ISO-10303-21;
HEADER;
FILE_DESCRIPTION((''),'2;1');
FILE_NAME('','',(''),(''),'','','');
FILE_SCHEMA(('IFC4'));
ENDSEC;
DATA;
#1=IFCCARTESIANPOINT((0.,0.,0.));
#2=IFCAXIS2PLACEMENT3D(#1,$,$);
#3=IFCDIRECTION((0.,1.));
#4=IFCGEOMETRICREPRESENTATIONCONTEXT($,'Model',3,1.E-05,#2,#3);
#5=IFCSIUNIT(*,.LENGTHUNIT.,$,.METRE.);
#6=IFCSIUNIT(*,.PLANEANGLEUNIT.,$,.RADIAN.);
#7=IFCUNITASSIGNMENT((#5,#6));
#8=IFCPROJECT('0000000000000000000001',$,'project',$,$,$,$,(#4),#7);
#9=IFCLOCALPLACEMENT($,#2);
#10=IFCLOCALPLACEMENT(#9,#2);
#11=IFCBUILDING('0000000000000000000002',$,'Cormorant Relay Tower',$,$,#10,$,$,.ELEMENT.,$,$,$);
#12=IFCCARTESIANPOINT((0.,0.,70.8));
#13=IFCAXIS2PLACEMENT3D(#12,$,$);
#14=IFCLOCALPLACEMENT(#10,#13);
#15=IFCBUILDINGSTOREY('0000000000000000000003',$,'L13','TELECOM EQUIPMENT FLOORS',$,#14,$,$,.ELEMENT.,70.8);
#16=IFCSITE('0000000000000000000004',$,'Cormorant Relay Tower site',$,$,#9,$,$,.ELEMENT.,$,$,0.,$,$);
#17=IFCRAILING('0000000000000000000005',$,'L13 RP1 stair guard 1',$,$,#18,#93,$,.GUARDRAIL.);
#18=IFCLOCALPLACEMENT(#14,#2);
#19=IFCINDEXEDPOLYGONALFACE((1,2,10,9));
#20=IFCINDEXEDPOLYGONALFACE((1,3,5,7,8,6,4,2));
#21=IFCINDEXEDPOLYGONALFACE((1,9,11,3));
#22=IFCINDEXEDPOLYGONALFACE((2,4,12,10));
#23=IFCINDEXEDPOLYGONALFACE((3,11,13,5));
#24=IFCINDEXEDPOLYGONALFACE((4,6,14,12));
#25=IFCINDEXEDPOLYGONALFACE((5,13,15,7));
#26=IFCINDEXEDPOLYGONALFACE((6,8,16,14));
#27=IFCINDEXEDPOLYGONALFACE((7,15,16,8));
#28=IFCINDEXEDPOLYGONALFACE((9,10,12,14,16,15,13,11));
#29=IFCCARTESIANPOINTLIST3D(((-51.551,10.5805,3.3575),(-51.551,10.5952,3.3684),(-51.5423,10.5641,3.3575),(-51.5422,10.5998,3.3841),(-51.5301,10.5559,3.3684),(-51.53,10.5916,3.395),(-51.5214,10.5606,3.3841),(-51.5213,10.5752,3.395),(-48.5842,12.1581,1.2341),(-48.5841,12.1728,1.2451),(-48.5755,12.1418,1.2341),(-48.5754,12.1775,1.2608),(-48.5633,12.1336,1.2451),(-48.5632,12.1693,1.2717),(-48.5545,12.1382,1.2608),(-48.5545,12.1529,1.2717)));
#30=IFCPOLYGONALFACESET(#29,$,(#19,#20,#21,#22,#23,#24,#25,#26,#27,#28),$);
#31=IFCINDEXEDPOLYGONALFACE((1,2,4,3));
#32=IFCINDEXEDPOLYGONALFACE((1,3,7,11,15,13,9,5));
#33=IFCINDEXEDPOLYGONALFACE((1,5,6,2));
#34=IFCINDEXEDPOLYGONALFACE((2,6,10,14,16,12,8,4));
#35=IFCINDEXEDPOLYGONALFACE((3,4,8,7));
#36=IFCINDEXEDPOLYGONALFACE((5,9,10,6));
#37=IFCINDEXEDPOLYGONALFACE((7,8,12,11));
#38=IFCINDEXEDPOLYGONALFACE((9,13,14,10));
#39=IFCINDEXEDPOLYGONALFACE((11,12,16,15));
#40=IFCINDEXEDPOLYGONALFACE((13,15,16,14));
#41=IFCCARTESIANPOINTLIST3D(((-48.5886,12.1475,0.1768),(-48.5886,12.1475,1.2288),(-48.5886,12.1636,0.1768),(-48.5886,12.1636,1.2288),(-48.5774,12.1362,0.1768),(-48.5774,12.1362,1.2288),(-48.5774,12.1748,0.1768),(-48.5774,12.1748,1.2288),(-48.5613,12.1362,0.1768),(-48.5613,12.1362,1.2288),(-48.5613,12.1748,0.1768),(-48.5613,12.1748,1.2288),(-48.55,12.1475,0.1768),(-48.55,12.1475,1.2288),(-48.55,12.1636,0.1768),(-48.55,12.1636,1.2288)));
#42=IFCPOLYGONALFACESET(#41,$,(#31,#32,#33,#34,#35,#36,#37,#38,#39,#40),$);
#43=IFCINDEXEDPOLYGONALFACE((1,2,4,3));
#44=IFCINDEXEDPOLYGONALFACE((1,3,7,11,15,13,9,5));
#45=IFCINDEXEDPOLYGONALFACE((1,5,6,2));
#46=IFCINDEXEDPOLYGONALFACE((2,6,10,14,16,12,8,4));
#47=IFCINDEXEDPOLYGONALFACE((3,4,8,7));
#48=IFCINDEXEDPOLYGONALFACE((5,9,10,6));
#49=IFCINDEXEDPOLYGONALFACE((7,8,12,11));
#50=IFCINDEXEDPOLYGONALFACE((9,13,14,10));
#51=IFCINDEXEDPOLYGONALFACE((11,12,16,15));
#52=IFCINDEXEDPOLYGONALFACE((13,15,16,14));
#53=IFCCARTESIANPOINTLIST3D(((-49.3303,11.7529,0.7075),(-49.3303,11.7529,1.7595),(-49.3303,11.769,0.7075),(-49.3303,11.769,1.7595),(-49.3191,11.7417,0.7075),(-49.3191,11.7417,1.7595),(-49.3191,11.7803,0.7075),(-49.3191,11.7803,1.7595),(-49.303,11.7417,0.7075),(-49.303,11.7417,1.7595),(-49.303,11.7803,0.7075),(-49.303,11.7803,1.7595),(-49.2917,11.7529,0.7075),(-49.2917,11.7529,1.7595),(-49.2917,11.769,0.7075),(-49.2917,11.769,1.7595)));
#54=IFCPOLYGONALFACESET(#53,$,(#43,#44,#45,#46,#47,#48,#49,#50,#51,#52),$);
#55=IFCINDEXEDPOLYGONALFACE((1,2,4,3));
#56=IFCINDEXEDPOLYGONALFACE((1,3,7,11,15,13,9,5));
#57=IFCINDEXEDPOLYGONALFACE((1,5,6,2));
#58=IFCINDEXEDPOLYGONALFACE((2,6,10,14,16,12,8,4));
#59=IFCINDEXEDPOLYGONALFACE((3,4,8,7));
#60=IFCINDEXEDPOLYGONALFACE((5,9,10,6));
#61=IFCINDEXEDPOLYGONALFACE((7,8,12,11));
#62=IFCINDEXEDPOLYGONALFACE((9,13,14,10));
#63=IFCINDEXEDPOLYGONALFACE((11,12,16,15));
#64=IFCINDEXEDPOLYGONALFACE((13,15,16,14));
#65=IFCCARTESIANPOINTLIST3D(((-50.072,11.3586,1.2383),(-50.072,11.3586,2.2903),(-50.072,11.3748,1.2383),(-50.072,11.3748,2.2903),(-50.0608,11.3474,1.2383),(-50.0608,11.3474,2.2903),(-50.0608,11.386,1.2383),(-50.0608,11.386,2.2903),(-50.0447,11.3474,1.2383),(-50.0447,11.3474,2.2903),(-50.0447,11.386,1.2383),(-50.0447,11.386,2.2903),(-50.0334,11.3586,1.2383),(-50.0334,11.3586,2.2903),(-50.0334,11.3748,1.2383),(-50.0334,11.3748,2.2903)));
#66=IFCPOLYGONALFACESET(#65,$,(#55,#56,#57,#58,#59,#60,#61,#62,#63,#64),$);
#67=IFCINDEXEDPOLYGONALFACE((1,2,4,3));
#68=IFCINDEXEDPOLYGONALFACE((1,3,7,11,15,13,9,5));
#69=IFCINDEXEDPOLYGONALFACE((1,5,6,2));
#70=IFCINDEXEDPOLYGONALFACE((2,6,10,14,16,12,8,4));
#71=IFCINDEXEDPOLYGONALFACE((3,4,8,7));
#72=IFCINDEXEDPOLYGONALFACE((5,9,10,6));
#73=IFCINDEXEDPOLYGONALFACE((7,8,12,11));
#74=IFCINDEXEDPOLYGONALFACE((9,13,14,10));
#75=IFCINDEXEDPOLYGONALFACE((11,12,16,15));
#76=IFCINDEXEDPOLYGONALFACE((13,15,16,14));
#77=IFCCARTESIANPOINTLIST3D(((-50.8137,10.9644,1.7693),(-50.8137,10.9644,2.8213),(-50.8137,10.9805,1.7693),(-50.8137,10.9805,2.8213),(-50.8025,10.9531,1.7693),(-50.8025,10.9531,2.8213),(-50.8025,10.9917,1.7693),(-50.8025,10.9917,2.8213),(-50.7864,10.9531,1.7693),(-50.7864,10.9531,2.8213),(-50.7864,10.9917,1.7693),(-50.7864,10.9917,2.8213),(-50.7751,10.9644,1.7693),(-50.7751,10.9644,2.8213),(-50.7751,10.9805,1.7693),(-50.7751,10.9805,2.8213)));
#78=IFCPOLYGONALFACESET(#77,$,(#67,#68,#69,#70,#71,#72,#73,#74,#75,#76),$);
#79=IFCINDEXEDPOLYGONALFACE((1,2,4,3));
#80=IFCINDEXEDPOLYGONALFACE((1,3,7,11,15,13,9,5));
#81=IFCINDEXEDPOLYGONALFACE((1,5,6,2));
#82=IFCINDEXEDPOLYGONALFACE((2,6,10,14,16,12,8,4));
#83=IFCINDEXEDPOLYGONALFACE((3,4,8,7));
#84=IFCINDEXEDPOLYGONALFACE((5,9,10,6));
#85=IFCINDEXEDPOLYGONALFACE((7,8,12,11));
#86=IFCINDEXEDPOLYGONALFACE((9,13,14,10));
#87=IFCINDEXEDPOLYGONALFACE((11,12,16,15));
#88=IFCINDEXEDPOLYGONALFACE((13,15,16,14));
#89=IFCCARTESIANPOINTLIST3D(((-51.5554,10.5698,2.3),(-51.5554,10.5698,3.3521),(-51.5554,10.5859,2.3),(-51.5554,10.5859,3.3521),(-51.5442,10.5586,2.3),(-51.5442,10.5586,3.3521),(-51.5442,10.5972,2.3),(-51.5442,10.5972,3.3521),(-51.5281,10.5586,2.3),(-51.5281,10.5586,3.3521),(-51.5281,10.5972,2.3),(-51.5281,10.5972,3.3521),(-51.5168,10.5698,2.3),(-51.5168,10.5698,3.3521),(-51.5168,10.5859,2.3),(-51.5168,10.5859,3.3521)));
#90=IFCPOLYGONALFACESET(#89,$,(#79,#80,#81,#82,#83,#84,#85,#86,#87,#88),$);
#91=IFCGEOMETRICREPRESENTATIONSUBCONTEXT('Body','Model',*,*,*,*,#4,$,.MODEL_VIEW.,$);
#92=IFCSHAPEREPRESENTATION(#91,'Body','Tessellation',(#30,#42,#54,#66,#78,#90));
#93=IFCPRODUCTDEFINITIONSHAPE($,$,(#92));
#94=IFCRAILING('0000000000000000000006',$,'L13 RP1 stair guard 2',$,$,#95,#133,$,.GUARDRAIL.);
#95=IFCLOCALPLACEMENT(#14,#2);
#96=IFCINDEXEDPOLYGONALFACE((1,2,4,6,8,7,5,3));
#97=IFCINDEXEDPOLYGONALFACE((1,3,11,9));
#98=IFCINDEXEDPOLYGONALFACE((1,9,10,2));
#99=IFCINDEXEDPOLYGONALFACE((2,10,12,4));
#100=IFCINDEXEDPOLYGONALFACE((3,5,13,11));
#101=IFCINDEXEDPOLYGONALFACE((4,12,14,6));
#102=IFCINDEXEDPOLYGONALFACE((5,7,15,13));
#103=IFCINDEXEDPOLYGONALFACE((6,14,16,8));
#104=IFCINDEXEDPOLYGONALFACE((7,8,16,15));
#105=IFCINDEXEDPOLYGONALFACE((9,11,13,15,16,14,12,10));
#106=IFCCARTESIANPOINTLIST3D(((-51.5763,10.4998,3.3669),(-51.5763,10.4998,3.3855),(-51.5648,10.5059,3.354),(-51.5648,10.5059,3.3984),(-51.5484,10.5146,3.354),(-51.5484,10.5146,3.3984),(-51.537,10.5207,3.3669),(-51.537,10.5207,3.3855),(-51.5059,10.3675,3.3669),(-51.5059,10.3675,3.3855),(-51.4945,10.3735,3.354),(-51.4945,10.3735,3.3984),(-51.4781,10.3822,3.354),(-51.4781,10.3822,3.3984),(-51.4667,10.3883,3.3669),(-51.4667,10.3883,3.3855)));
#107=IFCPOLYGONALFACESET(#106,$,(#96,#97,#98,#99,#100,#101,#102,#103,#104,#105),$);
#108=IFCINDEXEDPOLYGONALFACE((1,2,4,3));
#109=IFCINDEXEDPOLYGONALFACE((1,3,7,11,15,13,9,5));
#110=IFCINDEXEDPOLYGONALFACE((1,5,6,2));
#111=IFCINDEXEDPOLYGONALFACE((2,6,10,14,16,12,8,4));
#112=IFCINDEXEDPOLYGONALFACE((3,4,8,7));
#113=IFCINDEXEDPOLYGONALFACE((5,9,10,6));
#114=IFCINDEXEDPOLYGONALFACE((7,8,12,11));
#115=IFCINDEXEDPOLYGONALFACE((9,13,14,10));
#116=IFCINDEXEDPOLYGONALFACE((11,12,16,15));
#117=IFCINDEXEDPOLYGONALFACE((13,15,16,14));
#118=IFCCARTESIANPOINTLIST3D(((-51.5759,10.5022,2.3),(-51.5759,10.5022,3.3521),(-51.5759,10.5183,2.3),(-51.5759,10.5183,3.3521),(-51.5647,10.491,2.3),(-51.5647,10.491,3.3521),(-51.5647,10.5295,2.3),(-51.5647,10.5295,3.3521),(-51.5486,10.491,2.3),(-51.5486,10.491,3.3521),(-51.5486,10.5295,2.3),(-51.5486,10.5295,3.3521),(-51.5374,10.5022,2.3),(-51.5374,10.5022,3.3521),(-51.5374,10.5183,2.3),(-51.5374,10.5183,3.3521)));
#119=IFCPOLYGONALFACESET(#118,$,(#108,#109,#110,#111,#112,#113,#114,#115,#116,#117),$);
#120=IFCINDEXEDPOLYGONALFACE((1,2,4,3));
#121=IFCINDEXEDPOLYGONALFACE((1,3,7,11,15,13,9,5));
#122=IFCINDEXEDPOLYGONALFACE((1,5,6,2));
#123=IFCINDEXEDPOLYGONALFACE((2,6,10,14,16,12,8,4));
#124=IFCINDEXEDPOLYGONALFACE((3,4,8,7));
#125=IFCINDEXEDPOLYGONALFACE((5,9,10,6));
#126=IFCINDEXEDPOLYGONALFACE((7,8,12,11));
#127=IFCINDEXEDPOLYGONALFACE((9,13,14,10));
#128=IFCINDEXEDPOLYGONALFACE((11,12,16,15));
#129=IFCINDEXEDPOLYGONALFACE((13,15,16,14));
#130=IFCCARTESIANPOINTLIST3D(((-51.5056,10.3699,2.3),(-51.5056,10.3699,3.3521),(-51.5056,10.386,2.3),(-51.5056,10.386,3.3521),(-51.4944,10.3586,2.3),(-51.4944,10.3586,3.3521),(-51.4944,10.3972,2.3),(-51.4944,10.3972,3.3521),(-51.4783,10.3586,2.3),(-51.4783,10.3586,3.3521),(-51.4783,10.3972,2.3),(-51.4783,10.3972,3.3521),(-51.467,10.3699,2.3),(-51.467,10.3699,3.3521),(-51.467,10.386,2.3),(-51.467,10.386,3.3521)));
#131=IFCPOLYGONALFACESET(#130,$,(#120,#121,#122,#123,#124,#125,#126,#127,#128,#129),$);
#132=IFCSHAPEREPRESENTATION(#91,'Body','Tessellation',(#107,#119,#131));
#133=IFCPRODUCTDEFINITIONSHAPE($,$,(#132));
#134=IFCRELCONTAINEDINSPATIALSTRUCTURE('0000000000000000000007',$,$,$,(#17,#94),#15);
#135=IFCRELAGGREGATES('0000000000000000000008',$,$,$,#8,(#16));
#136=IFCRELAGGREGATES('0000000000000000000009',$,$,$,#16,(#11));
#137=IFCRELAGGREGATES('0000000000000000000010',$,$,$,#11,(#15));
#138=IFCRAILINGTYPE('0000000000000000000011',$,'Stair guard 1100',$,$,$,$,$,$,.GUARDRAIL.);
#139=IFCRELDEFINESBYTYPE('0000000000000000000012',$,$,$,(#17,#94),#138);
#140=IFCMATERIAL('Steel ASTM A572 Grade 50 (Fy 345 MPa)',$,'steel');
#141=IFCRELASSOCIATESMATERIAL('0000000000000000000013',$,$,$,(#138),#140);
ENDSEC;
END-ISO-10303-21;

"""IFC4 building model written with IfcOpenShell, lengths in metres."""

from ifc_helpers import new_model, si_unit, direction, frame, origin, place, context, subcontext, project, spatial, polyline, outline, extrude, material, type_object, element, save


model = new_model("IFC4")

# Units and contexts
model_context = context("Model", 3, precision=1e-05, world=origin(), true_north=direction((0.0, 1.0)))
body_context = subcontext(model_context, "Body", "Model", "MODEL_VIEW")
ifc_project = project(units=[si_unit("LENGTHUNIT", "METRE"), si_unit("PLANEANGLEUNIT", "RADIAN")], contexts=[model_context])

# Site, building, storey
site_placement = place(None, origin())
site = spatial("IfcSite", under=ifc_project, at=site_placement, Name="Cormorant Relay Tower site", CompositionType="ELEMENT", RefElevation=0.0)
building_placement = place(site_placement, origin())
building = spatial("IfcBuilding", under=site, at=building_placement, Name="Cormorant Relay Tower", CompositionType="ELEMENT")
storey_placement = place(building_placement, frame((0.0, 0.0, 70.8)))
storey = spatial("IfcBuildingStorey", under=building, at=storey_placement, Name="L13", Description="TELECOM EQUIPMENT FLOORS", CompositionType="ELEMENT", Elevation=70.8)

# Railings
ifc_material_1 = material(Name="Steel ASTM A572 Grade 50 (Fy 345 MPa)", Category="steel")
railing_type_1 = type_object("IfcRailingType", Name="Stair guard 1100", PredefinedType="GUARDRAIL", material=ifc_material_1)
railing_1_placement = place(storey_placement, frame((-48.5693, 12.1555, 0.1768)))
element("IfcRailing", 1, at=railing_1_placement, inside=storey, type_object=railing_type_1, Name="L13 RP1 stair guard 1", PredefinedType="GUARDRAIL", context=body_context, shape_type="SweptSolid", body=[
    extrude(outline(polyline([(0.0222, 0.0093), (0.0093, 0.0222), (-0.0093, 0.0222), (-0.0222, 0.0093), (-0.0222, -0.0093), (-0.0093, -0.0222), (0.0093, -0.0222), (0.0222, -0.0093), (0.0222, 0.0093)])), frame((0.0, 0.0, 1.0762), z_axis=(-0.746398, -0.396908, 0.534186), x_axis=(0.469509, -0.882928, 0.0)), (0.0, 0.0, 1.0), 3.9749),
    extrude(outline(polyline([(0.0193, 0.0081), (0.0081, 0.0193), (-0.0081, 0.0193), (-0.0193, 0.0081), (-0.0193, -0.0081), (-0.0081, -0.0193), (0.0081, -0.0193), (0.0193, -0.0081), (0.0193, 0.0081)])), origin(), (0.0, 0.0, 1.0), 1.052),
    extrude(outline(polyline([(0.0193, 0.0081), (0.0081, 0.0193), (-0.0081, 0.0193), (-0.0193, 0.0081), (-0.0193, -0.0081), (-0.0081, -0.0193), (0.0081, -0.0193), (0.0193, -0.0081), (0.0193, 0.0081)])), frame((-0.7417, -0.3945, 0.5308)), (0.0, 0.0, 1.0), 1.052),
    extrude(outline(polyline([(0.0193, 0.0081), (0.0081, 0.0193), (-0.0081, 0.0193), (-0.0193, 0.0081), (-0.0193, -0.0081), (-0.0081, -0.0193), (0.0081, -0.0193), (0.0193, -0.0081), (0.0193, 0.0081)])), frame((-1.4834, -0.7888, 1.0615)), (0.0, 0.0, 1.0), 1.052),
    extrude(outline(polyline([(0.0193, 0.0081), (0.0081, 0.0193), (-0.0081, 0.0193), (-0.0193, 0.0081), (-0.0193, -0.0081), (-0.0081, -0.0193), (0.0081, -0.0193), (0.0193, -0.0081), (0.0193, 0.0081)])), frame((-2.2251, -1.1831, 1.5925)), (0.0, 0.0, 1.0), 1.052),
    extrude(outline(polyline([(0.0193, 0.0081), (0.0081, 0.0193), (-0.0081, 0.0193), (-0.0193, 0.0081), (-0.0193, -0.0081), (-0.0081, -0.0193), (0.0081, -0.0193), (0.0193, -0.0081), (0.0193, 0.0081)])), frame((-2.9668, -1.5776, 2.1233)), (0.0, 0.0, 1.0), 1.052),
])
railing_2_placement = place(storey_placement, frame((-51.5566, 10.5103, 2.3)))
element("IfcRailing", 2, at=railing_2_placement, inside=storey, type_object=railing_type_1, Name="L13 RP1 stair guard 2", PredefinedType="GUARDRAIL", context=body_context, shape_type="SweptSolid", body=[
    extrude(outline(polyline([(0.0222, 0.0093), (0.0093, 0.0222), (-0.0093, 0.0222), (-0.0222, 0.0093), (-0.0222, -0.0093), (-0.0093, -0.0222), (0.0093, -0.0222), (0.0222, -0.0093), (0.0222, 0.0093)])), frame((0.0, 0.0, 1.0762), z_axis=(0.469235, -0.883074, 0.0), x_axis=(0.883074, 0.469235, 0.0)), (0.0, 0.0, 1.0), 0.1499),
    extrude(outline(polyline([(0.0193, 0.0081), (0.0081, 0.0193), (-0.0081, 0.0193), (-0.0193, 0.0081), (-0.0193, -0.0081), (-0.0081, -0.0193), (0.0081, -0.0193), (0.0193, -0.0081), (0.0193, 0.0081)])), origin(), (0.0, 0.0, 1.0), 1.052),
    extrude(outline(polyline([(0.0193, 0.0081), (0.0081, 0.0193), (-0.0081, 0.0193), (-0.0193, 0.0081), (-0.0193, -0.0081), (-0.0081, -0.0193), (0.0081, -0.0193), (0.0193, -0.0081), (0.0193, 0.0081)])), frame((0.0703, -0.1323, 0.0)), (0.0, 0.0, 1.0), 1.052),
])

save(model, "model.ifc")
